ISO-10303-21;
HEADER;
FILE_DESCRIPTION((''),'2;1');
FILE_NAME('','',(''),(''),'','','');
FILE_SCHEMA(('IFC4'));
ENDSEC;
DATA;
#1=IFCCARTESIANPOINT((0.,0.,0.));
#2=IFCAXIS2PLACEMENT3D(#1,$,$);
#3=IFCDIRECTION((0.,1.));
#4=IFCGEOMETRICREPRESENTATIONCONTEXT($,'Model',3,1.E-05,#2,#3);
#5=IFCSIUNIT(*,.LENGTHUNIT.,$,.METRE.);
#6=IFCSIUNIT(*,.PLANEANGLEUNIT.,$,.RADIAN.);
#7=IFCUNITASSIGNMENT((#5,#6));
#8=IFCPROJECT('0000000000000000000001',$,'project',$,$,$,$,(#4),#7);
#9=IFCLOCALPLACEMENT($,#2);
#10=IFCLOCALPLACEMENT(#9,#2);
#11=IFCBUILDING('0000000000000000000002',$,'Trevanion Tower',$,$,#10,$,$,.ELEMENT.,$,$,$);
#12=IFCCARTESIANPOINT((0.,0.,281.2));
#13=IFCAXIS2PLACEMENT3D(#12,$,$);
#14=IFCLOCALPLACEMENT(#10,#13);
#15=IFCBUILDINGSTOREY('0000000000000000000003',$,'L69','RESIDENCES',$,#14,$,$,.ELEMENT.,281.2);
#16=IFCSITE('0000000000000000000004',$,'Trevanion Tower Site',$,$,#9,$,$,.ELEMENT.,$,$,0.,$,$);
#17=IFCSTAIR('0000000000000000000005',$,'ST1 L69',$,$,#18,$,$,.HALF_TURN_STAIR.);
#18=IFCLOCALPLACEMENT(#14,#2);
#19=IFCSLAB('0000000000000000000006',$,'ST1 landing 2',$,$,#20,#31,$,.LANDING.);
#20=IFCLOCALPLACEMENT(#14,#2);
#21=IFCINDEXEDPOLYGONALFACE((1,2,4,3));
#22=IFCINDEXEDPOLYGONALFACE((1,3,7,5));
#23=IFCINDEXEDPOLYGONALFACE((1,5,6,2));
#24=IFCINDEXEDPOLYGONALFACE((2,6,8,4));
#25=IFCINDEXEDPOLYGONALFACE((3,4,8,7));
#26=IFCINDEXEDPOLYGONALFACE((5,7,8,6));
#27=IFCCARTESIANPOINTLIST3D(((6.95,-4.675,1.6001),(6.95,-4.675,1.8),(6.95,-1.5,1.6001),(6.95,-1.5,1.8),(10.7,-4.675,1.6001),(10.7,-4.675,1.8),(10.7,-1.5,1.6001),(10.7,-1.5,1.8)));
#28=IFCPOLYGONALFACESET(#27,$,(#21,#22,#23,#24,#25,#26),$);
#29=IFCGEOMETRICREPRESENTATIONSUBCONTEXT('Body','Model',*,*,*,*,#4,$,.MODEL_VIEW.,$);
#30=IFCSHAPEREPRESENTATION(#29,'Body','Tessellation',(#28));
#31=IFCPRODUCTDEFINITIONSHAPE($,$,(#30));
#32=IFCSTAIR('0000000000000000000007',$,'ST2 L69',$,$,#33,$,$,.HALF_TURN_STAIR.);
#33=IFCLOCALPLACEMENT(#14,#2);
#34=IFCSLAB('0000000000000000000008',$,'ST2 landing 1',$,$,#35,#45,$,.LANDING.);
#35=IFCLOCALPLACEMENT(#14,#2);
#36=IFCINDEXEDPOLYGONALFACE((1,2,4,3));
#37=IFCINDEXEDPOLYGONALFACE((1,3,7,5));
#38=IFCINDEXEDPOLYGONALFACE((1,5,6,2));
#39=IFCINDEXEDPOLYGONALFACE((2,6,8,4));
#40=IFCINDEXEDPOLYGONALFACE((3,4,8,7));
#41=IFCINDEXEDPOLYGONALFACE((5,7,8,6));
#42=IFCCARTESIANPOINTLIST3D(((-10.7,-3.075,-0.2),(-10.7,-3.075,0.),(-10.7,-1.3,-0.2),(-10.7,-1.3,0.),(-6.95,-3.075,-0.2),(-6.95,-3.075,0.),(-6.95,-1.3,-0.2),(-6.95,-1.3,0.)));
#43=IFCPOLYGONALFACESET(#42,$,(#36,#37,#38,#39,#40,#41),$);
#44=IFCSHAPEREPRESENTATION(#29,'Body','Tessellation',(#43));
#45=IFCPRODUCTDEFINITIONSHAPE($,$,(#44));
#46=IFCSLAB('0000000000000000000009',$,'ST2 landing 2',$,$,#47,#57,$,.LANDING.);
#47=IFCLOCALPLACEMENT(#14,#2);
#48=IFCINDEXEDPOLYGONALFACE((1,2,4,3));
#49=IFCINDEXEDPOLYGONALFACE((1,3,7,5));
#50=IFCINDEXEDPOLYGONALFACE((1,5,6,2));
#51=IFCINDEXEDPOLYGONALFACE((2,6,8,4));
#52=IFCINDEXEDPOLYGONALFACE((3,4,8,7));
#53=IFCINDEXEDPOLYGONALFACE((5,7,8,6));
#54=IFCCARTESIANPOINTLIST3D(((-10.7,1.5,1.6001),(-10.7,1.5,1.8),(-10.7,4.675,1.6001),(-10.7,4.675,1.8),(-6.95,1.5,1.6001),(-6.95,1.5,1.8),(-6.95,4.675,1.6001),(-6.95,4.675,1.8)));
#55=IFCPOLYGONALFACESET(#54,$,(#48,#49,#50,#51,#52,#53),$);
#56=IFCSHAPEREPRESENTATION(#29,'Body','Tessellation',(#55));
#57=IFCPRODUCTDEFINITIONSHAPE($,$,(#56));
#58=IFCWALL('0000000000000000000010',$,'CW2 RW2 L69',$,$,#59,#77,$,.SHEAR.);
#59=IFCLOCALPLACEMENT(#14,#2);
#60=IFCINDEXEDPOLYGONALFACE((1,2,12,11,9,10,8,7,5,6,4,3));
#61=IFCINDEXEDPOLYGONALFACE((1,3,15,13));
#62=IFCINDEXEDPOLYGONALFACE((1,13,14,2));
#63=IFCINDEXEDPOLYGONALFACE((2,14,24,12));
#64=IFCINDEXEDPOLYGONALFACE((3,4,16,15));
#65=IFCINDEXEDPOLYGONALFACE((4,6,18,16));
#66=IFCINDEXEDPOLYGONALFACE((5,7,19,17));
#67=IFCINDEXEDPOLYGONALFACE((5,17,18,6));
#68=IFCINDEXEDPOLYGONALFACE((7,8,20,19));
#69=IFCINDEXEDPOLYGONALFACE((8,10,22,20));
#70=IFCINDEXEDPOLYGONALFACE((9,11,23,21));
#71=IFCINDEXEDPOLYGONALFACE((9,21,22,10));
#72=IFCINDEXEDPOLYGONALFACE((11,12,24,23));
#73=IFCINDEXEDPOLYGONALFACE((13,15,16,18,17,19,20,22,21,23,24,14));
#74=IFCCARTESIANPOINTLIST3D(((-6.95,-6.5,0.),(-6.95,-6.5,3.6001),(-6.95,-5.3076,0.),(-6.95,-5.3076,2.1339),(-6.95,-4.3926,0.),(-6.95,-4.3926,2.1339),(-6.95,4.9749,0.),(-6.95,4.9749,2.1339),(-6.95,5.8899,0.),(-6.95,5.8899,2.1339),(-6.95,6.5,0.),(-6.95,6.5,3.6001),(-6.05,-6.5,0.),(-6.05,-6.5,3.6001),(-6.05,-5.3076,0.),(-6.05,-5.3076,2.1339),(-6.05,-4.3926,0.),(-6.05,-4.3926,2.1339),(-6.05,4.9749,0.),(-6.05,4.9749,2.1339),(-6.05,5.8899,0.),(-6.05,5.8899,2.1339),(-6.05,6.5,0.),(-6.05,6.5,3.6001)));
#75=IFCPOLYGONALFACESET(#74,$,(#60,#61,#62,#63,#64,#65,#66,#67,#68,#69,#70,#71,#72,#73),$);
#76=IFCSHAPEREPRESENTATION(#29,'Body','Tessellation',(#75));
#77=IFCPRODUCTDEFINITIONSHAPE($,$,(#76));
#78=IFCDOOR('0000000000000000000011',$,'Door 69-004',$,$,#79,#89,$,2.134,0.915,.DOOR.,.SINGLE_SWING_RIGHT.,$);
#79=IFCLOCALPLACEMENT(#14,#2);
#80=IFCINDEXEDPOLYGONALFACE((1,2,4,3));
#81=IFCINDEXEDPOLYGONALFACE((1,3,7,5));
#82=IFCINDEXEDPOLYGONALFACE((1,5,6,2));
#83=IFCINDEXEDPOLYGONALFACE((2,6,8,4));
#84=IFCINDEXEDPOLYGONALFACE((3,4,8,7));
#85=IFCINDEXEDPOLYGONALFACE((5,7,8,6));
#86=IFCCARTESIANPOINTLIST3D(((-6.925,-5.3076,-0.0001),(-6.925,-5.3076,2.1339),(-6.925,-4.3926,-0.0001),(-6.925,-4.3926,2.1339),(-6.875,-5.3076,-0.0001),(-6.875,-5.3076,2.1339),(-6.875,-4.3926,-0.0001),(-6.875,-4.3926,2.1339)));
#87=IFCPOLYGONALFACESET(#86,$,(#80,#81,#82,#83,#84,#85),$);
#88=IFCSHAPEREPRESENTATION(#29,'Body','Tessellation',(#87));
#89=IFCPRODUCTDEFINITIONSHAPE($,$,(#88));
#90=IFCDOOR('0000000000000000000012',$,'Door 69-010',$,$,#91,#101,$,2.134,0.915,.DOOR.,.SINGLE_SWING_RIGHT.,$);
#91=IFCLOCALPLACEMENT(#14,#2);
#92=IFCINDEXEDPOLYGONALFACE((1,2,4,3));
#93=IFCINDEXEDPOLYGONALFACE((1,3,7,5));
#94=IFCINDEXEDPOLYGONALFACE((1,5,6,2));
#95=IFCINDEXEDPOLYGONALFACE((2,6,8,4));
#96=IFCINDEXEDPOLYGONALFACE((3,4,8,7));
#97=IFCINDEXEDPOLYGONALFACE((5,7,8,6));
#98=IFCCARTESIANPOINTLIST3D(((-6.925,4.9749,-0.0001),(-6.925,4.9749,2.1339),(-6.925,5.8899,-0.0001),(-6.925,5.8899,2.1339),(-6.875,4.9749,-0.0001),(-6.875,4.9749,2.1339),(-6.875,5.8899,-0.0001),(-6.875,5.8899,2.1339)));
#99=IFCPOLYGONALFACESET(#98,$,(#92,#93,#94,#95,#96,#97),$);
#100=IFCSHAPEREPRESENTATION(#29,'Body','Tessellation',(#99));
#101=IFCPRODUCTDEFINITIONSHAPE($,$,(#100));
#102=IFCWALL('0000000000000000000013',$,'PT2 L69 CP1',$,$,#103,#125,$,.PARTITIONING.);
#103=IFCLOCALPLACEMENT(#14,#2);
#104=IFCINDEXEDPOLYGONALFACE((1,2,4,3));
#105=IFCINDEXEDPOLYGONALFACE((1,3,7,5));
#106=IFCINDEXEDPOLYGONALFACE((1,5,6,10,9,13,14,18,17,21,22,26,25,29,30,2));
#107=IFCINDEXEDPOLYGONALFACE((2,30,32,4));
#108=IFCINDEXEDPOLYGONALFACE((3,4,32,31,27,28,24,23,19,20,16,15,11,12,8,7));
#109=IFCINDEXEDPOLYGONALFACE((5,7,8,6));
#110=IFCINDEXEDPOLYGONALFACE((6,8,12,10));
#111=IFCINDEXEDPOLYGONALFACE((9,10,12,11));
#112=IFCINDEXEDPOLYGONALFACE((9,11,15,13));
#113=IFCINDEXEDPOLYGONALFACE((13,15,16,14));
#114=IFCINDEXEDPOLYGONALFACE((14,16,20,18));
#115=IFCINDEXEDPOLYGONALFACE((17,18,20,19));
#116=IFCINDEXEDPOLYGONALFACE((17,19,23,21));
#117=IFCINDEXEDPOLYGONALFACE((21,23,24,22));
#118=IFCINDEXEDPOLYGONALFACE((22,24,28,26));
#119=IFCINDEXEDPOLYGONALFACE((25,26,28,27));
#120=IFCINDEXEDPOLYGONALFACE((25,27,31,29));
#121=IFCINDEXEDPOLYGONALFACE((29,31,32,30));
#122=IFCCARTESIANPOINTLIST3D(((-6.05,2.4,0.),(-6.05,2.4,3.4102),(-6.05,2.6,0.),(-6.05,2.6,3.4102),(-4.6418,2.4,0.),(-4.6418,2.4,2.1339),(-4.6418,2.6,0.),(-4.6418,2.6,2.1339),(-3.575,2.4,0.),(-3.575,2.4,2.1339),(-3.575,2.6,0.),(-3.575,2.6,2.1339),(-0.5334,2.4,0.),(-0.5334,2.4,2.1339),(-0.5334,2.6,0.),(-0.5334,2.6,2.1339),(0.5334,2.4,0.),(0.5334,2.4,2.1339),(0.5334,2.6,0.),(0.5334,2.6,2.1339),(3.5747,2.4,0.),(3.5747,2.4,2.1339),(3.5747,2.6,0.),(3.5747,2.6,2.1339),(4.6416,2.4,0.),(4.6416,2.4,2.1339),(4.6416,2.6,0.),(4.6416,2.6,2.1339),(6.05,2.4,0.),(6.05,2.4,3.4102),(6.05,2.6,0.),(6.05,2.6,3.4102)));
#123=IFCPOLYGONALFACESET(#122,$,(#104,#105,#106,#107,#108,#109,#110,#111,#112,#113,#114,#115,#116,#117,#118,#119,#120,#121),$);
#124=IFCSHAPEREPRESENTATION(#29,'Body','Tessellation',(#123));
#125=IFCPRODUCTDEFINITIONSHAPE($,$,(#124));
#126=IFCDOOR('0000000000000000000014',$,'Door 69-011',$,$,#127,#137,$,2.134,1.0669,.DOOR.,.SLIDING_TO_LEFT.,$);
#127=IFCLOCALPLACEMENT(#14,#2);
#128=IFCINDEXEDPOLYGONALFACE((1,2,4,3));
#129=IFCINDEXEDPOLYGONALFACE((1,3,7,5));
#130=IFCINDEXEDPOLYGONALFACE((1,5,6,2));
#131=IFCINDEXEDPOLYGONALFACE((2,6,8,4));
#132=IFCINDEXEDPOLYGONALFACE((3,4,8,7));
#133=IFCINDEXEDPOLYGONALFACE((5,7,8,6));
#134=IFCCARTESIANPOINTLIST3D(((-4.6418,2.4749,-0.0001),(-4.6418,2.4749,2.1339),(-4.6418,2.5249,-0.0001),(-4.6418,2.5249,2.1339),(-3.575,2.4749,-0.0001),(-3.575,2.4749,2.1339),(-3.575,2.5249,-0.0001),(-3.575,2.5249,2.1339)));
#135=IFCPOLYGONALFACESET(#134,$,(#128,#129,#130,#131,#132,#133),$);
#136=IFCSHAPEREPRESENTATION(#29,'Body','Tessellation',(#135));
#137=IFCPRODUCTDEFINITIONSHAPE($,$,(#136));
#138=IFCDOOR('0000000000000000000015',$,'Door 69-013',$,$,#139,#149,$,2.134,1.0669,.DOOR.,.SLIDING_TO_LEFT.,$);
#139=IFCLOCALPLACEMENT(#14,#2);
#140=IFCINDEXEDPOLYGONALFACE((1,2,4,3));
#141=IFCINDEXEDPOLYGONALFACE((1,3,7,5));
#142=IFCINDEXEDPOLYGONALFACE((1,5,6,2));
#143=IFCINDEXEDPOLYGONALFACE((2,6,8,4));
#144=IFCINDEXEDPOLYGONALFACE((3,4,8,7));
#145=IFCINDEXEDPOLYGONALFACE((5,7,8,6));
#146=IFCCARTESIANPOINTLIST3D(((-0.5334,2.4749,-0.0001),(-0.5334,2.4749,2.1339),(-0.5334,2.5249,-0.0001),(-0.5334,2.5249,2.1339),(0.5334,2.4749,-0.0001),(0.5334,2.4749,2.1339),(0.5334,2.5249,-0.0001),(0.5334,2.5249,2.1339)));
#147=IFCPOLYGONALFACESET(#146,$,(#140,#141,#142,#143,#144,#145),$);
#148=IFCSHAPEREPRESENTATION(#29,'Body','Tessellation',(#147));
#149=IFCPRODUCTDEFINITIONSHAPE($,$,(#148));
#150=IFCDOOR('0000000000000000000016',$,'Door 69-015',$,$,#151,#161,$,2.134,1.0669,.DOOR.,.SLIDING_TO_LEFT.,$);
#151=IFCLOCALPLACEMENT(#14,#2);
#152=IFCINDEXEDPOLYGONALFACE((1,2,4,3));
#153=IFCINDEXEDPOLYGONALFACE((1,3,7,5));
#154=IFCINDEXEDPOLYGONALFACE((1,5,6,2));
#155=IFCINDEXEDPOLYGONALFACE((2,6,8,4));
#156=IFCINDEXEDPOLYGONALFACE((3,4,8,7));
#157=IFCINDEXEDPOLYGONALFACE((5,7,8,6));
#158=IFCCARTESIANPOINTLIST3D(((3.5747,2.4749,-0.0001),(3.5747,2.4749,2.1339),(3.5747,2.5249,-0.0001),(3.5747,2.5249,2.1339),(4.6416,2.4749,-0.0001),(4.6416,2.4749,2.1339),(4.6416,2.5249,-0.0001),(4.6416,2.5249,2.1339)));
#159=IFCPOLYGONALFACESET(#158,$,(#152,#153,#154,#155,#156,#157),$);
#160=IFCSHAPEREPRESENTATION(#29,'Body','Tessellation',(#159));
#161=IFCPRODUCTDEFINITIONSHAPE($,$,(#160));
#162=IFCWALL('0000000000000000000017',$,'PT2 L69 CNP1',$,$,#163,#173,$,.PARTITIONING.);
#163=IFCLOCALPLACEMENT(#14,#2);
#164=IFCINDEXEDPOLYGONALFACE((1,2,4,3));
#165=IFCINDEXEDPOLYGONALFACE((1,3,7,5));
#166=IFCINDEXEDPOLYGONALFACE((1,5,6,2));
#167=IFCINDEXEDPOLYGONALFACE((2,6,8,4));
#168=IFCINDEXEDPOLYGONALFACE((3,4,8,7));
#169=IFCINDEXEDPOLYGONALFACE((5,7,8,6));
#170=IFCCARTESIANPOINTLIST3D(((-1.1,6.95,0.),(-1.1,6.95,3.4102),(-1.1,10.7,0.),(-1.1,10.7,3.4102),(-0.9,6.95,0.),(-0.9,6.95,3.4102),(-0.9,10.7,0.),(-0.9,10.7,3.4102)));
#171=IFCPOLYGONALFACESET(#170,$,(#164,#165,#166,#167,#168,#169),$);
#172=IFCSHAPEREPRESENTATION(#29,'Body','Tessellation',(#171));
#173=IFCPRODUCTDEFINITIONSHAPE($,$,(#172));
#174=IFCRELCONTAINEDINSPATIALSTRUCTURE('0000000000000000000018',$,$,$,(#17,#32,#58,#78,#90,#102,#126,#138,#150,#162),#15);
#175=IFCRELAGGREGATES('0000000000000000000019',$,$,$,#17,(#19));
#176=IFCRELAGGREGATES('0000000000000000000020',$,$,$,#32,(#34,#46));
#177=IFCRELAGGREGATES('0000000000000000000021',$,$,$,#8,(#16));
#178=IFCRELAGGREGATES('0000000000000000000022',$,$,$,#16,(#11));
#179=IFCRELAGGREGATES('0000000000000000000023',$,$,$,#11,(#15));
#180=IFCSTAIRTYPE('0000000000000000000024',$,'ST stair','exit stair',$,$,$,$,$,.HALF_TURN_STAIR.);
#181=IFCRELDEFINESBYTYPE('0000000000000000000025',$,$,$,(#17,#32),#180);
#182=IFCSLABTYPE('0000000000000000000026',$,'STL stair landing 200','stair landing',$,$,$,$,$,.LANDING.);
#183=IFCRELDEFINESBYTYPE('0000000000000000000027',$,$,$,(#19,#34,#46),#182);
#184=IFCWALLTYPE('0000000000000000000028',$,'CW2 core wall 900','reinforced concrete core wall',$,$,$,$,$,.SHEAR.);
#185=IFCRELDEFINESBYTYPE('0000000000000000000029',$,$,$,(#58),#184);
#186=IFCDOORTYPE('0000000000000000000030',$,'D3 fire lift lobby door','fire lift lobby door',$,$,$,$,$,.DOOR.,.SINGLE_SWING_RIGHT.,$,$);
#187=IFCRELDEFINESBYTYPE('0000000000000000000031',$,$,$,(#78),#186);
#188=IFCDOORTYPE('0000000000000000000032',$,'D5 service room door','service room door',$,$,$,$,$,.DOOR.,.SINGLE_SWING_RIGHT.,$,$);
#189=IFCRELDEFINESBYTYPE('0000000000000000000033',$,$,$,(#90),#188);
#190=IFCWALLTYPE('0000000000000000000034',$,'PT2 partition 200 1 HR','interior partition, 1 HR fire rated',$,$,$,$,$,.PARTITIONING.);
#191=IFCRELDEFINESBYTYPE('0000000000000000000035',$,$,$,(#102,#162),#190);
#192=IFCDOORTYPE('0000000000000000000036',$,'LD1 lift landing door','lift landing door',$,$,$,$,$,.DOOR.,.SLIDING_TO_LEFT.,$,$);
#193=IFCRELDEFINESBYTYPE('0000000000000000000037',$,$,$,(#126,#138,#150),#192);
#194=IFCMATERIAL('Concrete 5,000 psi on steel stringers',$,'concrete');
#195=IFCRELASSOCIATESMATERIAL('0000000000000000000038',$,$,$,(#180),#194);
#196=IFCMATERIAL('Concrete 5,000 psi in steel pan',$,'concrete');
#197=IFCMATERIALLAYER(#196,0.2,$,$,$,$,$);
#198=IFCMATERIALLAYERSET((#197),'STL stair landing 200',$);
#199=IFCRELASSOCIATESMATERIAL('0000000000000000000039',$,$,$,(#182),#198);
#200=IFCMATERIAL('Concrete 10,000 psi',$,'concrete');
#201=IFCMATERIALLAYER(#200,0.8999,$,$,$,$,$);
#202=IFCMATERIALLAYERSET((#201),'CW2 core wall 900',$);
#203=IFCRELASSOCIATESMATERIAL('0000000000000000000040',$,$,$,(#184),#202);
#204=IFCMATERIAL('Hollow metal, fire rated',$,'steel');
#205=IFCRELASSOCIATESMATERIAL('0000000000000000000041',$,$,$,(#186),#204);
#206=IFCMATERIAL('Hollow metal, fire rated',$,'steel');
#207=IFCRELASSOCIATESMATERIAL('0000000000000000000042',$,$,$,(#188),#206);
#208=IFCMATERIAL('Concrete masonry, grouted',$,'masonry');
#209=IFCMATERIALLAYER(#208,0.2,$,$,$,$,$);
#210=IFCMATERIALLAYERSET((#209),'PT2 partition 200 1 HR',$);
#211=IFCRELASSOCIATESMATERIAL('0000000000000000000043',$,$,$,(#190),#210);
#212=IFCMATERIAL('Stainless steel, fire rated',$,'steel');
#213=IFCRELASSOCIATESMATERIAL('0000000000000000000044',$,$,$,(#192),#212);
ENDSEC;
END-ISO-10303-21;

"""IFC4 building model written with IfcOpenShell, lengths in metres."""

from ifc_helpers import new_model, si_unit, direction, frame, frame_2d, origin, place, context, subcontext, project, spatial, polyline, rectangle, outline, extrude, material, layer, layer_set, type_object, element, fill, aggregate, save


model = new_model("IFC4")

# Units and contexts
model_context = context("Model", 3, precision=1e-05, world=origin(), true_north=direction((0.0, 1.0)))
body_context = subcontext(model_context, "Body", "Model", "MODEL_VIEW")
ifc_project = project(units=[si_unit("LENGTHUNIT", "METRE"), si_unit("PLANEANGLEUNIT", "RADIAN")], contexts=[model_context])

# Site, building, storey
site_placement = place(None, origin())
site = spatial("IfcSite", under=ifc_project, at=site_placement, Name="Trevanion Tower Site", CompositionType="ELEMENT", RefElevation=0.0)
building_placement = place(site_placement, origin())
building = spatial("IfcBuilding", under=site, at=building_placement, Name="Trevanion Tower", CompositionType="ELEMENT")
storey_placement = place(building_placement, frame((0.0, 0.0, 281.2)))
storey = spatial("IfcBuildingStorey", under=building, at=storey_placement, Name="L69", Description="RESIDENCES", CompositionType="ELEMENT", Elevation=281.2)

# Stairs, slabs
ifc_material_1 = material(Name="Concrete 5,000 psi on steel stringers", Category="concrete")
stair_type = type_object("IfcStairType", Name="ST stair", Description="exit stair", PredefinedType="HALF_TURN_STAIR", material=ifc_material_1)
stair_1_placement = place(storey_placement, origin())
stair_1 = element("IfcStair", 1, at=stair_1_placement, inside=storey, type_object=stair_type, Name="ST1 L69", PredefinedType="HALF_TURN_STAIR")
ifc_material_2 = material(Name="Concrete 5,000 psi in steel pan", Category="concrete")
ifc_layer_1 = layer(ifc_material_2, 0.2)
ifc_layer_set_1 = layer_set([ifc_layer_1], Name="STL stair landing 200")
slab_type_1 = type_object("IfcSlabType", Name="STL stair landing 200", Description="stair landing", PredefinedType="LANDING", material=ifc_layer_set_1)
slab_1_placement = place(storey_placement, frame((0.0, 0.0, 1.6001)))
slab_1 = element("IfcSlab", 2, at=slab_1_placement, type_object=slab_type_1, Name="ST1 landing 2", PredefinedType="LANDING", context=body_context, shape_type="SweptSolid", body=[
    extrude(outline(polyline([(6.95, -4.675), (10.7, -4.675), (10.7, -1.5), (6.95, -1.5), (6.95, -4.675)])), origin(), (0.0, 0.0, 1.0), 0.2),
])
aggregate(stair_1, [slab_1])
stair_2_placement = place(storey_placement, origin())
stair_2 = element("IfcStair", 3, at=stair_2_placement, inside=storey, type_object=stair_type, Name="ST2 L69", PredefinedType="HALF_TURN_STAIR")
slab_2_placement = place(storey_placement, frame((0.0, 0.0, -0.2)))
slab_2 = element("IfcSlab", 4, at=slab_2_placement, type_object=slab_type_1, Name="ST2 landing 1", PredefinedType="LANDING", context=body_context, shape_type="SweptSolid", body=[
    extrude(outline(polyline([(-6.95, -1.3), (-10.7, -1.3), (-10.7, -3.075), (-6.95, -3.075), (-6.95, -1.3)])), origin(), (0.0, 0.0, 1.0), 0.2),
])
slab_3_placement = place(storey_placement, frame((0.0, 0.0, 1.6001)))
slab_3 = element("IfcSlab", 5, at=slab_3_placement, type_object=slab_type_1, Name="ST2 landing 2", PredefinedType="LANDING", context=body_context, shape_type="SweptSolid", body=[
    extrude(outline(polyline([(-6.95, 4.675), (-10.7, 4.675), (-10.7, 1.5), (-6.95, 1.5), (-6.95, 4.675)])), origin(), (0.0, 0.0, 1.0), 0.2),
])
aggregate(stair_2, [slab_2, slab_3])

# Walls, openings, doors
ifc_material_3 = material(Name="Concrete 10,000 psi", Category="concrete")
ifc_layer_2 = layer(ifc_material_3, 0.8999)
ifc_layer_set_2 = layer_set([ifc_layer_2], Name="CW2 core wall 900")
wall_type_1 = type_object("IfcWallType", Name="CW2 core wall 900", Description="reinforced concrete core wall", PredefinedType="SHEAR", material=ifc_layer_set_2)
wall_1_placement = place(storey_placement, frame((-6.5, 6.5, 0.0), z_axis=(0.0, 0.0, 1.0), x_axis=(0.0, -1.0, 0.0)))
wall_1 = element("IfcWall", 6, at=wall_1_placement, inside=storey, type_object=wall_type_1, Name="CW2 RW2 L69", PredefinedType="SHEAR", context=body_context, shape_type="SweptSolid", body=[
    extrude(rectangle(XDim=13.0, YDim=0.8999, at=frame_2d((6.5, 0.0))), origin(), (0.0, 0.0, 1.0), 3.6001),
])
opening_1_placement = place(wall_1_placement, frame((10.8926, 0.0, 0.0)))
opening_1 = element("IfcOpeningElement", 7, at=opening_1_placement, cuts=wall_1, PredefinedType="OPENING", context=body_context, shape_type="SweptSolid", body=[
    extrude(rectangle(XDim=0.915, YDim=2.134, at=frame_2d((0.4575, 1.0669))), frame((0.0, 0.46, 0.0), z_axis=(0.0, -1.0, 0.0), x_axis=(1.0, 0.0, 0.0)), (0.0, 0.0, 1.0), 0.9199),
])
opening_2_placement = place(wall_1_placement, frame((0.6101, 0.0, 0.0)))
opening_2 = element("IfcOpeningElement", 8, at=opening_2_placement, cuts=wall_1, PredefinedType="OPENING", context=body_context, shape_type="SweptSolid", body=[
    extrude(rectangle(XDim=0.915, YDim=2.134, at=frame_2d((0.4575, 1.0669))), frame((0.0, 0.46, 0.0), z_axis=(0.0, -1.0, 0.0), x_axis=(1.0, 0.0, 0.0)), (0.0, 0.0, 1.0), 0.9199),
])
ifc_material_4 = material(Name="Hollow metal, fire rated", Category="steel")
door_type_1 = type_object("IfcDoorType", Name="D3 fire lift lobby door", Description="fire lift lobby door", OperationType="SINGLE_SWING_RIGHT", PredefinedType="DOOR", material=ifc_material_4)
door_1_placement = place(opening_1_placement, origin())
door_1 = element("IfcDoor", 9, at=door_1_placement, inside=storey, type_object=door_type_1, Name="Door 69-004", OperationType="SINGLE_SWING_RIGHT", OverallHeight=2.134, OverallWidth=0.915, PredefinedType="DOOR", context=body_context, shape_type="SweptSolid", body=[
    extrude(rectangle(XDim=0.915, YDim=2.134, at=frame_2d((0.4575, 1.0669))), frame((0.0, -0.375, 0.0), z_axis=(0.0, -1.0, 0.0), x_axis=(1.0, 0.0, 0.0)), (0.0, 0.0, 1.0), 0.05),
])
fill(opening_1, door_1)
ifc_material_5 = material(Name="Hollow metal, fire rated", Category="steel")
door_type_2 = type_object("IfcDoorType", Name="D5 service room door", Description="service room door", OperationType="SINGLE_SWING_RIGHT", PredefinedType="DOOR", material=ifc_material_5)
door_2_placement = place(opening_2_placement, origin())
door_2 = element("IfcDoor", 10, at=door_2_placement, inside=storey, type_object=door_type_2, Name="Door 69-010", OperationType="SINGLE_SWING_RIGHT", OverallHeight=2.134, OverallWidth=0.915, PredefinedType="DOOR", context=body_context, shape_type="SweptSolid", body=[
    extrude(rectangle(XDim=0.915, YDim=2.134, at=frame_2d((0.4575, 1.0669))), frame((0.0, -0.375, 0.0), z_axis=(0.0, -1.0, 0.0), x_axis=(1.0, 0.0, 0.0)), (0.0, 0.0, 1.0), 0.05),
])
fill(opening_2, door_2)
ifc_material_6 = material(Name="Concrete masonry, grouted", Category="masonry")
ifc_layer_3 = layer(ifc_material_6, 0.2)
ifc_layer_set_3 = layer_set([ifc_layer_3], Name="PT2 partition 200 1 HR")
wall_type_2 = type_object("IfcWallType", Name="PT2 partition 200 1 HR", Description="interior partition, 1 HR fire rated", PredefinedType="PARTITIONING", material=ifc_layer_set_3)
wall_2_placement = place(storey_placement, frame((-6.05, 2.5, 0.0), z_axis=(0.0, 0.0, 1.0), x_axis=(1.0, 0.0, 0.0)))
wall_2 = element("IfcWall", 11, at=wall_2_placement, inside=storey, type_object=wall_type_2, Name="PT2 L69 CP1", PredefinedType="PARTITIONING", context=body_context, shape_type="SweptSolid", body=[
    extrude(rectangle(XDim=12.1001, YDim=0.2, at=frame_2d((6.05, 0.0))), origin(), (0.0, 0.0, 1.0), 3.4102),
])
opening_3_placement = place(wall_2_placement, frame((1.4082, 0.0, 0.0)))
opening_3 = element("IfcOpeningElement", 12, at=opening_3_placement, cuts=wall_2, PredefinedType="OPENING", context=body_context, shape_type="SweptSolid", body=[
    extrude(rectangle(XDim=1.0669, YDim=2.134, at=frame_2d((0.5334, 1.0669))), frame((0.0, 0.1099, 0.0), z_axis=(0.0, -1.0, 0.0), x_axis=(1.0, 0.0, 0.0)), (0.0, 0.0, 1.0), 0.22),
])
opening_4_placement = place(wall_2_placement, frame((5.5166, 0.0, 0.0)))
opening_4 = element("IfcOpeningElement", 13, at=opening_4_placement, cuts=wall_2, PredefinedType="OPENING", context=body_context, shape_type="SweptSolid", body=[
    extrude(rectangle(XDim=1.0669, YDim=2.134, at=frame_2d((0.5334, 1.0669))), frame((0.0, 0.1099, 0.0), z_axis=(0.0, -1.0, 0.0), x_axis=(1.0, 0.0, 0.0)), (0.0, 0.0, 1.0), 0.22),
])
opening_5_placement = place(wall_2_placement, frame((9.6248, 0.0, 0.0)))
opening_5 = element("IfcOpeningElement", 14, at=opening_5_placement, cuts=wall_2, PredefinedType="OPENING", context=body_context, shape_type="SweptSolid", body=[
    extrude(rectangle(XDim=1.0669, YDim=2.134, at=frame_2d((0.5334, 1.0669))), frame((0.0, 0.1099, 0.0), z_axis=(0.0, -1.0, 0.0), x_axis=(1.0, 0.0, 0.0)), (0.0, 0.0, 1.0), 0.22),
])
ifc_material_7 = material(Name="Stainless steel, fire rated", Category="steel")
door_type_3 = type_object("IfcDoorType", Name="LD1 lift landing door", Description="lift landing door", OperationType="SLIDING_TO_LEFT", PredefinedType="DOOR", material=ifc_material_7)
door_3_placement = place(opening_3_placement, origin())
door_3 = element("IfcDoor", 15, at=door_3_placement, inside=storey, type_object=door_type_3, Name="Door 69-011", OperationType="SLIDING_TO_LEFT", OverallHeight=2.134, OverallWidth=1.0669, PredefinedType="DOOR", context=body_context, shape_type="SweptSolid", body=[
    extrude(rectangle(XDim=1.0669, YDim=2.134, at=frame_2d((0.5334, 1.0669))), frame((0.0, 0.0249, 0.0), z_axis=(0.0, -1.0, 0.0), x_axis=(1.0, 0.0, 0.0)), (0.0, 0.0, 1.0), 0.05),
])
fill(opening_3, door_3)
door_4_placement = place(opening_4_placement, origin())
door_4 = element("IfcDoor", 16, at=door_4_placement, inside=storey, type_object=door_type_3, Name="Door 69-013", OperationType="SLIDING_TO_LEFT", OverallHeight=2.134, OverallWidth=1.0669, PredefinedType="DOOR", context=body_context, shape_type="SweptSolid", body=[
    extrude(rectangle(XDim=1.0669, YDim=2.134, at=frame_2d((0.5334, 1.0669))), frame((0.0, 0.0249, 0.0), z_axis=(0.0, -1.0, 0.0), x_axis=(1.0, 0.0, 0.0)), (0.0, 0.0, 1.0), 0.05),
])
fill(opening_4, door_4)
door_5_placement = place(opening_5_placement, origin())
door_5 = element("IfcDoor", 17, at=door_5_placement, inside=storey, type_object=door_type_3, Name="Door 69-015", OperationType="SLIDING_TO_LEFT", OverallHeight=2.134, OverallWidth=1.0669, PredefinedType="DOOR", context=body_context, shape_type="SweptSolid", body=[
    extrude(rectangle(XDim=1.0669, YDim=2.134, at=frame_2d((0.5334, 1.0669))), frame((0.0, 0.0249, 0.0), z_axis=(0.0, -1.0, 0.0), x_axis=(1.0, 0.0, 0.0)), (0.0, 0.0, 1.0), 0.05),
])
fill(opening_5, door_5)

# Wall
wall_3_placement = place(storey_placement, frame((-1.0, 6.95, 0.0), z_axis=(0.0, 0.0, 1.0), x_axis=(0.0, 1.0, 0.0)))
element("IfcWall", 18, at=wall_3_placement, inside=storey, type_object=wall_type_2, Name="PT2 L69 CNP1", PredefinedType="PARTITIONING", context=body_context, shape_type="SweptSolid", body=[
    extrude(rectangle(XDim=3.75, YDim=0.2, at=frame_2d((1.875, 0.0))), origin(), (0.0, 0.0, 1.0), 3.4102),
])

save(model, "model.ifc")
